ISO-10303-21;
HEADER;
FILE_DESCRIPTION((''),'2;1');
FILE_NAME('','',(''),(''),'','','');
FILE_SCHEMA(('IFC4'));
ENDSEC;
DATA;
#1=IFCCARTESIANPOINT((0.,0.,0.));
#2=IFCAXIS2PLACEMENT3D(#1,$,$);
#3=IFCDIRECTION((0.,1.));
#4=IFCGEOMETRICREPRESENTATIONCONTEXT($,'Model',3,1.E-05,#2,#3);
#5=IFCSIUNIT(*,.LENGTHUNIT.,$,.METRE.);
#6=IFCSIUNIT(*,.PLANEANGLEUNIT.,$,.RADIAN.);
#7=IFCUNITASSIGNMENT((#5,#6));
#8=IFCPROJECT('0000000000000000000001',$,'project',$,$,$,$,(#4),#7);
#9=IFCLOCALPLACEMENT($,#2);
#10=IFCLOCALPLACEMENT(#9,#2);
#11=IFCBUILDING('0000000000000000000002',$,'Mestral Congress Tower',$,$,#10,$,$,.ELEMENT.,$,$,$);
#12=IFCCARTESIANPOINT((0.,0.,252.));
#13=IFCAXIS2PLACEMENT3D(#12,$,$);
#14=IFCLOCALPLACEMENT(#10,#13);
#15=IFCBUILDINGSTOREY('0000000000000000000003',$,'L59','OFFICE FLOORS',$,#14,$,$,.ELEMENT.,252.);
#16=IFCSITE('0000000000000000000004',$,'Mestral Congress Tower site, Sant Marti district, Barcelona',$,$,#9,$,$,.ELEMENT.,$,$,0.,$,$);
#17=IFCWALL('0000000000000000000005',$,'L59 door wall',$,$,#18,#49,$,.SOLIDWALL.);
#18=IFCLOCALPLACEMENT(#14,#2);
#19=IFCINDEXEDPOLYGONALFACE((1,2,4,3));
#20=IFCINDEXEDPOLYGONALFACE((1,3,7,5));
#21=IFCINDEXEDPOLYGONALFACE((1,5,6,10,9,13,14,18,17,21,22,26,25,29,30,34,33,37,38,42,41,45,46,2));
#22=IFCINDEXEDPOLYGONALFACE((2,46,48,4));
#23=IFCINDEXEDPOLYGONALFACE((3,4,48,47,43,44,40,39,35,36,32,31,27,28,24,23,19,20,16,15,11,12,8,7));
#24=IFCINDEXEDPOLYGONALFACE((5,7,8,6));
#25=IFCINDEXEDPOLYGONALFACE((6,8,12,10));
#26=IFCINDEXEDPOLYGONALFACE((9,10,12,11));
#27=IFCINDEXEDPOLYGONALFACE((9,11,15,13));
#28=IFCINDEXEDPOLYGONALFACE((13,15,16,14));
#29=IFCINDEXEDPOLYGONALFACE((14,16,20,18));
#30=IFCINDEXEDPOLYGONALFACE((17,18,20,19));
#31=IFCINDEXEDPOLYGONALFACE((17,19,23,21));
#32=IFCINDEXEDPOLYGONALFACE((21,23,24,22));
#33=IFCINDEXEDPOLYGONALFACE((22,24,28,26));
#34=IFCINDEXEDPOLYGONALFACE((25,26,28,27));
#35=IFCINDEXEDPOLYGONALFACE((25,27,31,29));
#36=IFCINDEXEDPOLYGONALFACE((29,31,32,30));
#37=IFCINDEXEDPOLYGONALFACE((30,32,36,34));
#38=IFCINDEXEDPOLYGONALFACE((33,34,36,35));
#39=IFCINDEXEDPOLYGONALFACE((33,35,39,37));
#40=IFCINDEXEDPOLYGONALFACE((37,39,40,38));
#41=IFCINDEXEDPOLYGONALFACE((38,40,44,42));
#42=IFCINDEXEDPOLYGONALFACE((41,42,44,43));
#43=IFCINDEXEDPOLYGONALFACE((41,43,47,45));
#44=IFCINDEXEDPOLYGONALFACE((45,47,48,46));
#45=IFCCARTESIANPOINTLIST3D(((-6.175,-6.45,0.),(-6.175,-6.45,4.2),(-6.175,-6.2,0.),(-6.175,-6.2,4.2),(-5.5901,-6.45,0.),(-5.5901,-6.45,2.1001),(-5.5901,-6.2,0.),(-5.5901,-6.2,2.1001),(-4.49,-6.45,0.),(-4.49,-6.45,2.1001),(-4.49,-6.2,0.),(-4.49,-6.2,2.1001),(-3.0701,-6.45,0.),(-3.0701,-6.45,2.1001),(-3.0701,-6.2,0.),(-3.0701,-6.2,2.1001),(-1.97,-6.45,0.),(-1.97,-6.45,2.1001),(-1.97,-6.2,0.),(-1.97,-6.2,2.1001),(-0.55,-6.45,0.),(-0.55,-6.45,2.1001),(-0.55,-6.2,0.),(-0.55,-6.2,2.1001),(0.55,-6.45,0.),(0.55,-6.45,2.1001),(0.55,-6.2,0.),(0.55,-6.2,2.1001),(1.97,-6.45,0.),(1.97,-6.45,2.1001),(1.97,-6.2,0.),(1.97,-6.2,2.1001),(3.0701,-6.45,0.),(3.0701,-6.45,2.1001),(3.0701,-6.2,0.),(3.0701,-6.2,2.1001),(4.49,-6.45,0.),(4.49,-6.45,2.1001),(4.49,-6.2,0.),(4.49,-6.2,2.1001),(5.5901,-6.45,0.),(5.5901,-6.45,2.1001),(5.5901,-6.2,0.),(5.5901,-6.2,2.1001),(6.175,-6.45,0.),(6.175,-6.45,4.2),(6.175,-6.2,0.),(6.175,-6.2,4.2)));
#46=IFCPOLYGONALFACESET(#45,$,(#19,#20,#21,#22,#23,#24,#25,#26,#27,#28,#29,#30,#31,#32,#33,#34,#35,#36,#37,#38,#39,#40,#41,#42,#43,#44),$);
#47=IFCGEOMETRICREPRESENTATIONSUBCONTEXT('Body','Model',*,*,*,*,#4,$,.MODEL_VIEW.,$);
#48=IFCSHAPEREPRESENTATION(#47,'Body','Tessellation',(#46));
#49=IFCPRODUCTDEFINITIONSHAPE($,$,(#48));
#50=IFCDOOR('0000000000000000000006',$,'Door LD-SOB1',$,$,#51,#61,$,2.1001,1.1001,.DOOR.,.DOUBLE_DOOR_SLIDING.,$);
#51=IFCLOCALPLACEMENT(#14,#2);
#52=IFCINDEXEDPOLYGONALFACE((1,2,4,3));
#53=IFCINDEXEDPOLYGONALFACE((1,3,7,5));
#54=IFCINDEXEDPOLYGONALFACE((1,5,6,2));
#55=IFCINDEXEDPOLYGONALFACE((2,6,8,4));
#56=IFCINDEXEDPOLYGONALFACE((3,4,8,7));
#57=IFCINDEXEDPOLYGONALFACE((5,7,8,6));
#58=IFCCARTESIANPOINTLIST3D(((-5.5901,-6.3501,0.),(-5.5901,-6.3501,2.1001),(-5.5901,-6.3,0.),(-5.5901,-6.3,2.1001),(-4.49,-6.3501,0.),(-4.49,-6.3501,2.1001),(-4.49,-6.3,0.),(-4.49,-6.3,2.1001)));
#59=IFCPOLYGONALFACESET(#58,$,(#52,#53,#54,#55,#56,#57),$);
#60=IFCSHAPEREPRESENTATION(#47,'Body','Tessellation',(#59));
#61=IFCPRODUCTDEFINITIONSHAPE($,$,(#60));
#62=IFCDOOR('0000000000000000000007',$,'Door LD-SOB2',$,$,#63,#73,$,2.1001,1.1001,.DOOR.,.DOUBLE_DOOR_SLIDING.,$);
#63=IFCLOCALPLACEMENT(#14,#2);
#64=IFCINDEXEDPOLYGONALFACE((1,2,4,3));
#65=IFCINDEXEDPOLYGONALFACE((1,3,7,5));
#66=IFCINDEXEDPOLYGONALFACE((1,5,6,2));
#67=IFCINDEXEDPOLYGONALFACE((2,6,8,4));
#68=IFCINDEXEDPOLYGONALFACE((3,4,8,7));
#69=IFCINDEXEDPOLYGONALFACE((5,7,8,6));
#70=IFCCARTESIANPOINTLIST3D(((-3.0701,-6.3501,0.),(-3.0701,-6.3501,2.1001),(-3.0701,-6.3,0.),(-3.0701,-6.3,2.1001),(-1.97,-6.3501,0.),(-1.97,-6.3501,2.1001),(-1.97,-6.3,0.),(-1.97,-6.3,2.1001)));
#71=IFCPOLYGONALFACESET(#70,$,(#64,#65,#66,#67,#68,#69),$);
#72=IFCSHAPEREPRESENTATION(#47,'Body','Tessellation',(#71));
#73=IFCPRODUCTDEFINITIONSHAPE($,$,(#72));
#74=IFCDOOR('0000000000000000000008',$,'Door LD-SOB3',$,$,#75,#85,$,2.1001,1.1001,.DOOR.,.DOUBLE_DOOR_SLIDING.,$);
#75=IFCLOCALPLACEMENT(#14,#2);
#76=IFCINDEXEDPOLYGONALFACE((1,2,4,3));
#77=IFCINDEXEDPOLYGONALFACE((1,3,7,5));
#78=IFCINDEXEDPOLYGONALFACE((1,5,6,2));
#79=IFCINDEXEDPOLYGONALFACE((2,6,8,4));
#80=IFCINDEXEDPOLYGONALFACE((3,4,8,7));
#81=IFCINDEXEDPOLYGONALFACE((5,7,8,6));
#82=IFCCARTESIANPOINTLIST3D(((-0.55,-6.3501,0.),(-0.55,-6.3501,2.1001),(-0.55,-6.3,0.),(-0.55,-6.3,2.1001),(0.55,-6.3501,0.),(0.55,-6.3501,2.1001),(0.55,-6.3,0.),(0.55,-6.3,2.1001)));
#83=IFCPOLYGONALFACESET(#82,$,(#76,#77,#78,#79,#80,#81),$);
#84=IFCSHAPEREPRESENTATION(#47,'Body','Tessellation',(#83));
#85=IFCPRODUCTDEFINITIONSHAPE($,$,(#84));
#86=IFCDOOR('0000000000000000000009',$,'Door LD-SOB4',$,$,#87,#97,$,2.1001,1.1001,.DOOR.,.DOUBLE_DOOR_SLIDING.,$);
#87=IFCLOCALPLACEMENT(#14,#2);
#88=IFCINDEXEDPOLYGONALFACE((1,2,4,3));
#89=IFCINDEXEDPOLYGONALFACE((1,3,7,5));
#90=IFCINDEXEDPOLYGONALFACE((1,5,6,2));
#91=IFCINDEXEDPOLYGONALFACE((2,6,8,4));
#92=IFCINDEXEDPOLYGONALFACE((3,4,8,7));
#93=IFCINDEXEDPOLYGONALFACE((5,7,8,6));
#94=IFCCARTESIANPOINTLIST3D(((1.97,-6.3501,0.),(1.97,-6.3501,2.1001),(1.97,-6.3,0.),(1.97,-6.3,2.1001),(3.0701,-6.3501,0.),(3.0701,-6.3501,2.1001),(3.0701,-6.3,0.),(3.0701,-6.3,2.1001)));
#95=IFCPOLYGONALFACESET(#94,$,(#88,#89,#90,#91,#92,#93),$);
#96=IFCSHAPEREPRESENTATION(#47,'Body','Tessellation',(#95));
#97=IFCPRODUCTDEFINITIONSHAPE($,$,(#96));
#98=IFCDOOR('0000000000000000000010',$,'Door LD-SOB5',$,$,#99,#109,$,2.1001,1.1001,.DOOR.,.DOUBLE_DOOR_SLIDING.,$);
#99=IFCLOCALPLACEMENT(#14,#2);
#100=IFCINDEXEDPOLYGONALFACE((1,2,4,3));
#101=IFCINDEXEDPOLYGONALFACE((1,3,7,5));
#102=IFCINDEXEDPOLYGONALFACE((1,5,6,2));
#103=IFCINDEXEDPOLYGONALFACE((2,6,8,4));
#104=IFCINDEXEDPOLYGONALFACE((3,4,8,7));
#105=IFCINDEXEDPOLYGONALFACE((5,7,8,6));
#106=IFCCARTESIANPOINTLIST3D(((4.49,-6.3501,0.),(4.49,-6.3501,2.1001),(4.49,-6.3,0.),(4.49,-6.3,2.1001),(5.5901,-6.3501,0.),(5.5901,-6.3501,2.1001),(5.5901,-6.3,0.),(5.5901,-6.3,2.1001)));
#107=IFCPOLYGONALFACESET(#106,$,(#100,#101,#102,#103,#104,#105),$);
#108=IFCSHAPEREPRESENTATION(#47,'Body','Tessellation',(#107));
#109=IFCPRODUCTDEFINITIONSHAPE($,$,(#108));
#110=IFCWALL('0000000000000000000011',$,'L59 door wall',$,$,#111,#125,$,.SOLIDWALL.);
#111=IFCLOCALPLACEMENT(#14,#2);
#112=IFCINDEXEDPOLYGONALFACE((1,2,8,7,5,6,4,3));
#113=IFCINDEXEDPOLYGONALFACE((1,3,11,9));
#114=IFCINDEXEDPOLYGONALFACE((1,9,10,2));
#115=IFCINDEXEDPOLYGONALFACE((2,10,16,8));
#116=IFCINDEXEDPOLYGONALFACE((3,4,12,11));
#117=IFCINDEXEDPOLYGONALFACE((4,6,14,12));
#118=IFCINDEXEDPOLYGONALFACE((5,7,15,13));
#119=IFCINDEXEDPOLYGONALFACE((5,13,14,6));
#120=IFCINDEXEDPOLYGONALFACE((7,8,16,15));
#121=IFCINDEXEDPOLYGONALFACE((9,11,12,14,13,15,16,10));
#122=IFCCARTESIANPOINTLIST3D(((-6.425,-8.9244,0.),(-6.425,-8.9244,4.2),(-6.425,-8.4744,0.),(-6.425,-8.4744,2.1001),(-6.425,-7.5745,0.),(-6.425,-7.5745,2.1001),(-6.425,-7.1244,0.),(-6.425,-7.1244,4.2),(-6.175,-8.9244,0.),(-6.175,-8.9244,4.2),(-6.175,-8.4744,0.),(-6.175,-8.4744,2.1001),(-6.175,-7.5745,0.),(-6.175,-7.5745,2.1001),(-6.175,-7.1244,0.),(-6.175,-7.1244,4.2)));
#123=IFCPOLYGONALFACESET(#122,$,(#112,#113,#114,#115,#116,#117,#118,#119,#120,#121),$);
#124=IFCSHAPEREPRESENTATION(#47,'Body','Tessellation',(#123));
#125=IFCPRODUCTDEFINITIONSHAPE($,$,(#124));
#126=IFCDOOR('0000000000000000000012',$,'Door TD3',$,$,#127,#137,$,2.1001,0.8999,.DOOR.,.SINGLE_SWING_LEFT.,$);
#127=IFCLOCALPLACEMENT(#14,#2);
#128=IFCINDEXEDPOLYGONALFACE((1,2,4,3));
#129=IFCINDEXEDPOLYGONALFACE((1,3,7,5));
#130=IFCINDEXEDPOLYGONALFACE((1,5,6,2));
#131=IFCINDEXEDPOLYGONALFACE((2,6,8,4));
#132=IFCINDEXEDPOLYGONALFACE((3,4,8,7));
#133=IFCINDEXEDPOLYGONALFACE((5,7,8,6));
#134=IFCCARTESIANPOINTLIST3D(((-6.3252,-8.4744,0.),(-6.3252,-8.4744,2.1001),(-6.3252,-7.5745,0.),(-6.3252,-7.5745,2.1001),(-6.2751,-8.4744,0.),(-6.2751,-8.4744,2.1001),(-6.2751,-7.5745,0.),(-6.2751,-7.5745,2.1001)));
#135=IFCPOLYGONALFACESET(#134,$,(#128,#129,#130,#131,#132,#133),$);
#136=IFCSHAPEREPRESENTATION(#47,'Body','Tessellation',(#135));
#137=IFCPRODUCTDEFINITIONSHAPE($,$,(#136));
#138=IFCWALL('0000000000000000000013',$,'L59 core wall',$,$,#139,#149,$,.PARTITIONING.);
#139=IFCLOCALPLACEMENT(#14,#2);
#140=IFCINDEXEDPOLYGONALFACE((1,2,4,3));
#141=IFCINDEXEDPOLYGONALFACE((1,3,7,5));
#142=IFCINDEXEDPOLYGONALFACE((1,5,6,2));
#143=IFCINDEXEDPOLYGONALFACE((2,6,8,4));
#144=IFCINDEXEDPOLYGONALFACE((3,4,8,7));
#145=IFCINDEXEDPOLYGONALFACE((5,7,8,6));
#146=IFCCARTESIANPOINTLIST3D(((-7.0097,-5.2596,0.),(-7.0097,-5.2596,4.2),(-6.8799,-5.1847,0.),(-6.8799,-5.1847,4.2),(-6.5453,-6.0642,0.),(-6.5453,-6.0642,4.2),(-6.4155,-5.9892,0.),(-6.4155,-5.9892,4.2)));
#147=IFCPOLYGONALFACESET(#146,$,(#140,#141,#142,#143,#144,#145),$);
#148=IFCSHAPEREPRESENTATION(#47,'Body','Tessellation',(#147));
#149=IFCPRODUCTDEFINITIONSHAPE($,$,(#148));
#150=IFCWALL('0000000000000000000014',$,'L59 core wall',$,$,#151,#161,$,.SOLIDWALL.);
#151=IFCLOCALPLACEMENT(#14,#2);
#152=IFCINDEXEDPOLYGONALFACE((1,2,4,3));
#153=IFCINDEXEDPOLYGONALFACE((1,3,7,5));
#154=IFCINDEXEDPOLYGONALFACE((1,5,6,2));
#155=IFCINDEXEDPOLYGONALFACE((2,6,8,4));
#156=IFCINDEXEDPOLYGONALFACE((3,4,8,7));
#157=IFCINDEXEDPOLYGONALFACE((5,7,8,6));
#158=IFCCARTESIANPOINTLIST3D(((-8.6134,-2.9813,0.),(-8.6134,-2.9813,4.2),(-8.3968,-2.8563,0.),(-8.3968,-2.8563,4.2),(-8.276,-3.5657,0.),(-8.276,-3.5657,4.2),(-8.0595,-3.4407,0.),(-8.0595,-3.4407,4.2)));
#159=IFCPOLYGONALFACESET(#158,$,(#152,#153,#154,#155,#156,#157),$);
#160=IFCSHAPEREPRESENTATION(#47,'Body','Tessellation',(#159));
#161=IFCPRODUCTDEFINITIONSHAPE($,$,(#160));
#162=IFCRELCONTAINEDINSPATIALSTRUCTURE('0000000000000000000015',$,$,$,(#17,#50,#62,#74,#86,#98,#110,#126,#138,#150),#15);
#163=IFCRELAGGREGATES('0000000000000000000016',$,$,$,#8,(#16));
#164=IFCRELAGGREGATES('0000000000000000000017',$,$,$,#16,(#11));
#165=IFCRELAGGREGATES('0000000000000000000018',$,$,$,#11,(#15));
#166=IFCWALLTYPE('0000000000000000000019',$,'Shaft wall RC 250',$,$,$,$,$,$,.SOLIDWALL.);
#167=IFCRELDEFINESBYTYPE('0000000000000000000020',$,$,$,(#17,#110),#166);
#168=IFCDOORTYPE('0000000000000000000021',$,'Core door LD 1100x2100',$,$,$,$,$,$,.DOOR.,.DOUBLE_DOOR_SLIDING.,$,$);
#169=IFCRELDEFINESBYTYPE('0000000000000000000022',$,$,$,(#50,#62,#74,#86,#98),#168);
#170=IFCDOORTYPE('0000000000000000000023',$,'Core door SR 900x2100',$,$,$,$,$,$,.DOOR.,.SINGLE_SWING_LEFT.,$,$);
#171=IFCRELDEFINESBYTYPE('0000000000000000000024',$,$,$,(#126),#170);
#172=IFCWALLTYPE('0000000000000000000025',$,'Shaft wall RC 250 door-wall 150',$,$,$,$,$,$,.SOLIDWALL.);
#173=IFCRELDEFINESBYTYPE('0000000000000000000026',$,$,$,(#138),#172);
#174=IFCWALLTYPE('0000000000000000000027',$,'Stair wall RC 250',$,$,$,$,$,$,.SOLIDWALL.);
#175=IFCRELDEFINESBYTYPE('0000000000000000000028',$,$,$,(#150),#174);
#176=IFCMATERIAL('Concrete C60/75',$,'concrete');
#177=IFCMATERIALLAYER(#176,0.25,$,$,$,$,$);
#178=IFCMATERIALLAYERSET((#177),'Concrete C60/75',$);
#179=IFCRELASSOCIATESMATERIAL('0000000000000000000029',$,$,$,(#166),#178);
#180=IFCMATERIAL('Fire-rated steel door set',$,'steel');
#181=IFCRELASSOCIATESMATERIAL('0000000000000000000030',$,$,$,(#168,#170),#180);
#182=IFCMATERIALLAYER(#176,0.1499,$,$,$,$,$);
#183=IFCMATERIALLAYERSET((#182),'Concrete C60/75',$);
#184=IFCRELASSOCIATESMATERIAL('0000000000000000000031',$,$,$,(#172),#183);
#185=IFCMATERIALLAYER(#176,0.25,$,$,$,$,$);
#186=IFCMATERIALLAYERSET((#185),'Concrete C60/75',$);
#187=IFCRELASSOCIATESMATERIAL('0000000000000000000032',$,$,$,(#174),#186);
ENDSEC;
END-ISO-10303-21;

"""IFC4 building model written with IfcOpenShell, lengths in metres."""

from ifc_helpers import new_model, si_unit, direction, frame, frame_2d, origin, place, context, subcontext, project, spatial, rectangle, extrude, material, layer, layer_set, type_object, element, fill, save


model = new_model("IFC4")

# Units and contexts
model_context = context("Model", 3, precision=1e-05, world=origin(), true_north=direction((0.0, 1.0)))
body_context = subcontext(model_context, "Body", "Model", "MODEL_VIEW")
ifc_project = project(units=[si_unit("LENGTHUNIT", "METRE"), si_unit("PLANEANGLEUNIT", "RADIAN")], contexts=[model_context])

# Site, building, storey
site_placement = place(None, origin())
site = spatial("IfcSite", under=ifc_project, at=site_placement, Name="Mestral Congress Tower site, Sant Marti district, Barcelona", CompositionType="ELEMENT", RefElevation=0.0)
building_placement = place(site_placement, origin())
building = spatial("IfcBuilding", under=site, at=building_placement, Name="Mestral Congress Tower", CompositionType="ELEMENT")
storey_placement = place(building_placement, frame((0.0, 0.0, 252.0)))
storey = spatial("IfcBuildingStorey", under=building, at=storey_placement, Name="L59", Description="OFFICE FLOORS", CompositionType="ELEMENT", Elevation=252.0)

# Shared definitions
ifc_material_1 = material(Name="Fire-rated steel door set", Category="steel")

# Shared definitions
ifc_material_2 = material(Name="Concrete C60/75", Category="concrete")
ifc_layer_1 = layer(ifc_material_2, 0.25)
ifc_layer_set_1 = layer_set([ifc_layer_1], Name="Concrete C60/75")
wall_type_1 = type_object("IfcWallType", Name="Shaft wall RC 250", PredefinedType="SOLIDWALL", material=ifc_layer_set_1)

# Wall, openings, doors
wall_1_placement = place(storey_placement, frame((-6.175, -6.325, 0.0), z_axis=(0.0, 0.0, 1.0), x_axis=(1.0, 0.0, 0.0)))
wall_1 = element("IfcWall", 1, at=wall_1_placement, inside=storey, type_object=wall_type_1, Name="L59 door wall", PredefinedType="SOLIDWALL", context=body_context, shape_type="SweptSolid", body=[
    extrude(rectangle(XDim=12.3501, YDim=0.25, at=frame_2d((6.175, 0.0))), origin(), (0.0, 0.0, 1.0), 4.2),
])
opening_1_placement = place(wall_1_placement, frame((0.585, 0.0, 0.0)))
opening_1 = element("IfcOpeningElement", 2, at=opening_1_placement, cuts=wall_1, PredefinedType="OPENING", context=body_context, shape_type="SweptSolid", body=[
    extrude(rectangle(XDim=1.1001, YDim=2.1001, at=frame_2d((0.55, 1.05))), frame((0.0, 0.135, 0.0), z_axis=(0.0, -1.0, 0.0), x_axis=(1.0, 0.0, 0.0)), (0.0, 0.0, 1.0), 0.27),
])
opening_2_placement = place(wall_1_placement, frame((3.105, 0.0, 0.0)))
opening_2 = element("IfcOpeningElement", 3, at=opening_2_placement, cuts=wall_1, PredefinedType="OPENING", context=body_context, shape_type="SweptSolid", body=[
    extrude(rectangle(XDim=1.1001, YDim=2.1001, at=frame_2d((0.55, 1.05))), frame((0.0, 0.135, 0.0), z_axis=(0.0, -1.0, 0.0), x_axis=(1.0, 0.0, 0.0)), (0.0, 0.0, 1.0), 0.27),
])
opening_3_placement = place(wall_1_placement, frame((5.625, 0.0, 0.0)))
opening_3 = element("IfcOpeningElement", 4, at=opening_3_placement, cuts=wall_1, PredefinedType="OPENING", context=body_context, shape_type="SweptSolid", body=[
    extrude(rectangle(XDim=1.1001, YDim=2.1001, at=frame_2d((0.55, 1.05))), frame((0.0, 0.135, 0.0), z_axis=(0.0, -1.0, 0.0), x_axis=(1.0, 0.0, 0.0)), (0.0, 0.0, 1.0), 0.27),
])
opening_4_placement = place(wall_1_placement, frame((8.145, 0.0, 0.0)))
opening_4 = element("IfcOpeningElement", 5, at=opening_4_placement, cuts=wall_1, PredefinedType="OPENING", context=body_context, shape_type="SweptSolid", body=[
    extrude(rectangle(XDim=1.1001, YDim=2.1001, at=frame_2d((0.55, 1.05))), frame((0.0, 0.135, 0.0), z_axis=(0.0, -1.0, 0.0), x_axis=(1.0, 0.0, 0.0)), (0.0, 0.0, 1.0), 0.27),
])
opening_5_placement = place(wall_1_placement, frame((10.665, 0.0, 0.0)))
opening_5 = element("IfcOpeningElement", 6, at=opening_5_placement, cuts=wall_1, PredefinedType="OPENING", context=body_context, shape_type="SweptSolid", body=[
    extrude(rectangle(XDim=1.1001, YDim=2.1001, at=frame_2d((0.55, 1.05))), frame((0.0, 0.135, 0.0), z_axis=(0.0, -1.0, 0.0), x_axis=(1.0, 0.0, 0.0)), (0.0, 0.0, 1.0), 0.27),
])
door_type_1 = type_object("IfcDoorType", Name="Core door LD 1100x2100", OperationType="DOUBLE_DOOR_SLIDING", PredefinedType="DOOR", material=ifc_material_1)
door_1_placement = place(opening_1_placement, origin())
door_1 = element("IfcDoor", 7, at=door_1_placement, inside=storey, type_object=door_type_1, Name="Door LD-SOB1", OperationType="DOUBLE_DOOR_SLIDING", OverallHeight=2.1001, OverallWidth=1.1001, PredefinedType="DOOR", context=body_context, shape_type="SweptSolid", body=[
    extrude(rectangle(XDim=1.1001, YDim=2.1001, at=frame_2d((0.55, 1.05))), frame((0.0, 0.0249, 0.0), z_axis=(0.0, -1.0, 0.0), x_axis=(1.0, 0.0, 0.0)), (0.0, 0.0, 1.0), 0.05),
])
fill(opening_1, door_1)
door_2_placement = place(opening_2_placement, origin())
door_2 = element("IfcDoor", 8, at=door_2_placement, inside=storey, type_object=door_type_1, Name="Door LD-SOB2", OperationType="DOUBLE_DOOR_SLIDING", OverallHeight=2.1001, OverallWidth=1.1001, PredefinedType="DOOR", context=body_context, shape_type="SweptSolid", body=[
    extrude(rectangle(XDim=1.1001, YDim=2.1001, at=frame_2d((0.55, 1.05))), frame((0.0, 0.0249, 0.0), z_axis=(0.0, -1.0, 0.0), x_axis=(1.0, 0.0, 0.0)), (0.0, 0.0, 1.0), 0.05),
])
fill(opening_2, door_2)
door_3_placement = place(opening_3_placement, origin())
door_3 = element("IfcDoor", 9, at=door_3_placement, inside=storey, type_object=door_type_1, Name="Door LD-SOB3", OperationType="DOUBLE_DOOR_SLIDING", OverallHeight=2.1001, OverallWidth=1.1001, PredefinedType="DOOR", context=body_context, shape_type="SweptSolid", body=[
    extrude(rectangle(XDim=1.1001, YDim=2.1001, at=frame_2d((0.55, 1.05))), frame((0.0, 0.0249, 0.0), z_axis=(0.0, -1.0, 0.0), x_axis=(1.0, 0.0, 0.0)), (0.0, 0.0, 1.0), 0.05),
])
fill(opening_3, door_3)
door_4_placement = place(opening_4_placement, origin())
door_4 = element("IfcDoor", 10, at=door_4_placement, inside=storey, type_object=door_type_1, Name="Door LD-SOB4", OperationType="DOUBLE_DOOR_SLIDING", OverallHeight=2.1001, OverallWidth=1.1001, PredefinedType="DOOR", context=body_context, shape_type="SweptSolid", body=[
    extrude(rectangle(XDim=1.1001, YDim=2.1001, at=frame_2d((0.55, 1.05))), frame((0.0, 0.0249, 0.0), z_axis=(0.0, -1.0, 0.0), x_axis=(1.0, 0.0, 0.0)), (0.0, 0.0, 1.0), 0.05),
])
fill(opening_4, door_4)
door_5_placement = place(opening_5_placement, origin())
door_5 = element("IfcDoor", 11, at=door_5_placement, inside=storey, type_object=door_type_1, Name="Door LD-SOB5", OperationType="DOUBLE_DOOR_SLIDING", OverallHeight=2.1001, OverallWidth=1.1001, PredefinedType="DOOR", context=body_context, shape_type="SweptSolid", body=[
    extrude(rectangle(XDim=1.1001, YDim=2.1001, at=frame_2d((0.55, 1.05))), frame((0.0, 0.0249, 0.0), z_axis=(0.0, -1.0, 0.0), x_axis=(1.0, 0.0, 0.0)), (0.0, 0.0, 1.0), 0.05),
])
fill(opening_5, door_5)

# Wall, opening, door
wall_2_placement = place(storey_placement, frame((-6.3, -7.1245, 0.0), z_axis=(0.0, 0.0, 1.0), x_axis=(0.0, -1.0, 0.0)))
wall_2 = element("IfcWall", 12, at=wall_2_placement, inside=storey, type_object=wall_type_1, Name="L59 door wall", PredefinedType="SOLIDWALL", context=body_context, shape_type="SweptSolid", body=[
    extrude(rectangle(XDim=1.8, YDim=0.25, at=frame_2d((0.8999, 0.0))), origin(), (0.0, 0.0, 1.0), 4.2),
])
opening_6_placement = place(wall_2_placement, frame((0.45, 0.0, 0.0)))
opening_6 = element("IfcOpeningElement", 13, at=opening_6_placement, cuts=wall_2, PredefinedType="OPENING", context=body_context, shape_type="SweptSolid", body=[
    extrude(rectangle(XDim=0.8999, YDim=2.1001, at=frame_2d((0.45, 1.05))), frame((0.0, 0.135, 0.0), z_axis=(0.0, -1.0, 0.0), x_axis=(1.0, 0.0, 0.0)), (0.0, 0.0, 1.0), 0.27),
])
door_type_2 = type_object("IfcDoorType", Name="Core door SR 900x2100", OperationType="SINGLE_SWING_LEFT", PredefinedType="DOOR", material=ifc_material_1)
door_6_placement = place(opening_6_placement, origin())
door_6 = element("IfcDoor", 14, at=door_6_placement, inside=storey, type_object=door_type_2, Name="Door TD3", OperationType="SINGLE_SWING_LEFT", OverallHeight=2.1001, OverallWidth=0.8999, PredefinedType="DOOR", context=body_context, shape_type="SweptSolid", body=[
    extrude(rectangle(XDim=0.8999, YDim=2.1001, at=frame_2d((0.45, 1.05))), frame((0.0, 0.0249, 0.0), z_axis=(0.0, -1.0, 0.0), x_axis=(1.0, 0.0, 0.0)), (0.0, 0.0, 1.0), 0.05),
])
fill(opening_6, door_6)

# Walls
ifc_layer_2 = layer(ifc_material_2, 0.1499)
ifc_layer_set_2 = layer_set([ifc_layer_2], Name="Concrete C60/75")
wall_type_2 = type_object("IfcWallType", Name="Shaft wall RC 250 door-wall 150", PredefinedType="SOLIDWALL", material=ifc_layer_set_2)
wall_3_placement = place(storey_placement, frame((-6.4805, -6.0266, 0.0), z_axis=(0.0, 0.0, 1.0), x_axis=(-0.499927, 0.866067, 0.0)))
element("IfcWall", 15, at=wall_3_placement, inside=storey, type_object=wall_type_2, Name="L59 core wall", PredefinedType="PARTITIONING", context=body_context, shape_type="SweptSolid", body=[
    extrude(rectangle(XDim=0.929, YDim=0.1499, at=frame_2d((0.4644, 0.0))), origin(), (0.0, 0.0, 1.0), 4.2),
])
ifc_layer_3 = layer(ifc_material_2, 0.25)
ifc_layer_set_3 = layer_set([ifc_layer_3], Name="Concrete C60/75")
wall_type_3 = type_object("IfcWallType", Name="Stair wall RC 250", PredefinedType="SOLIDWALL", material=ifc_layer_set_3)
wall_4_placement = place(storey_placement, frame((-8.1677, -3.5032, 0.0), z_axis=(0.0, 0.0, 1.0), x_axis=(-0.499952, 0.866053, 0.0)))
element("IfcWall", 16, at=wall_4_placement, inside=storey, type_object=wall_type_3, Name="L59 core wall", PredefinedType="SOLIDWALL", context=body_context, shape_type="SweptSolid", body=[
    extrude(rectangle(XDim=0.6748, YDim=0.25, at=frame_2d((0.3374, 0.0))), origin(), (0.0, 0.0, 1.0), 4.2),
])

save(model, "model.ifc")
